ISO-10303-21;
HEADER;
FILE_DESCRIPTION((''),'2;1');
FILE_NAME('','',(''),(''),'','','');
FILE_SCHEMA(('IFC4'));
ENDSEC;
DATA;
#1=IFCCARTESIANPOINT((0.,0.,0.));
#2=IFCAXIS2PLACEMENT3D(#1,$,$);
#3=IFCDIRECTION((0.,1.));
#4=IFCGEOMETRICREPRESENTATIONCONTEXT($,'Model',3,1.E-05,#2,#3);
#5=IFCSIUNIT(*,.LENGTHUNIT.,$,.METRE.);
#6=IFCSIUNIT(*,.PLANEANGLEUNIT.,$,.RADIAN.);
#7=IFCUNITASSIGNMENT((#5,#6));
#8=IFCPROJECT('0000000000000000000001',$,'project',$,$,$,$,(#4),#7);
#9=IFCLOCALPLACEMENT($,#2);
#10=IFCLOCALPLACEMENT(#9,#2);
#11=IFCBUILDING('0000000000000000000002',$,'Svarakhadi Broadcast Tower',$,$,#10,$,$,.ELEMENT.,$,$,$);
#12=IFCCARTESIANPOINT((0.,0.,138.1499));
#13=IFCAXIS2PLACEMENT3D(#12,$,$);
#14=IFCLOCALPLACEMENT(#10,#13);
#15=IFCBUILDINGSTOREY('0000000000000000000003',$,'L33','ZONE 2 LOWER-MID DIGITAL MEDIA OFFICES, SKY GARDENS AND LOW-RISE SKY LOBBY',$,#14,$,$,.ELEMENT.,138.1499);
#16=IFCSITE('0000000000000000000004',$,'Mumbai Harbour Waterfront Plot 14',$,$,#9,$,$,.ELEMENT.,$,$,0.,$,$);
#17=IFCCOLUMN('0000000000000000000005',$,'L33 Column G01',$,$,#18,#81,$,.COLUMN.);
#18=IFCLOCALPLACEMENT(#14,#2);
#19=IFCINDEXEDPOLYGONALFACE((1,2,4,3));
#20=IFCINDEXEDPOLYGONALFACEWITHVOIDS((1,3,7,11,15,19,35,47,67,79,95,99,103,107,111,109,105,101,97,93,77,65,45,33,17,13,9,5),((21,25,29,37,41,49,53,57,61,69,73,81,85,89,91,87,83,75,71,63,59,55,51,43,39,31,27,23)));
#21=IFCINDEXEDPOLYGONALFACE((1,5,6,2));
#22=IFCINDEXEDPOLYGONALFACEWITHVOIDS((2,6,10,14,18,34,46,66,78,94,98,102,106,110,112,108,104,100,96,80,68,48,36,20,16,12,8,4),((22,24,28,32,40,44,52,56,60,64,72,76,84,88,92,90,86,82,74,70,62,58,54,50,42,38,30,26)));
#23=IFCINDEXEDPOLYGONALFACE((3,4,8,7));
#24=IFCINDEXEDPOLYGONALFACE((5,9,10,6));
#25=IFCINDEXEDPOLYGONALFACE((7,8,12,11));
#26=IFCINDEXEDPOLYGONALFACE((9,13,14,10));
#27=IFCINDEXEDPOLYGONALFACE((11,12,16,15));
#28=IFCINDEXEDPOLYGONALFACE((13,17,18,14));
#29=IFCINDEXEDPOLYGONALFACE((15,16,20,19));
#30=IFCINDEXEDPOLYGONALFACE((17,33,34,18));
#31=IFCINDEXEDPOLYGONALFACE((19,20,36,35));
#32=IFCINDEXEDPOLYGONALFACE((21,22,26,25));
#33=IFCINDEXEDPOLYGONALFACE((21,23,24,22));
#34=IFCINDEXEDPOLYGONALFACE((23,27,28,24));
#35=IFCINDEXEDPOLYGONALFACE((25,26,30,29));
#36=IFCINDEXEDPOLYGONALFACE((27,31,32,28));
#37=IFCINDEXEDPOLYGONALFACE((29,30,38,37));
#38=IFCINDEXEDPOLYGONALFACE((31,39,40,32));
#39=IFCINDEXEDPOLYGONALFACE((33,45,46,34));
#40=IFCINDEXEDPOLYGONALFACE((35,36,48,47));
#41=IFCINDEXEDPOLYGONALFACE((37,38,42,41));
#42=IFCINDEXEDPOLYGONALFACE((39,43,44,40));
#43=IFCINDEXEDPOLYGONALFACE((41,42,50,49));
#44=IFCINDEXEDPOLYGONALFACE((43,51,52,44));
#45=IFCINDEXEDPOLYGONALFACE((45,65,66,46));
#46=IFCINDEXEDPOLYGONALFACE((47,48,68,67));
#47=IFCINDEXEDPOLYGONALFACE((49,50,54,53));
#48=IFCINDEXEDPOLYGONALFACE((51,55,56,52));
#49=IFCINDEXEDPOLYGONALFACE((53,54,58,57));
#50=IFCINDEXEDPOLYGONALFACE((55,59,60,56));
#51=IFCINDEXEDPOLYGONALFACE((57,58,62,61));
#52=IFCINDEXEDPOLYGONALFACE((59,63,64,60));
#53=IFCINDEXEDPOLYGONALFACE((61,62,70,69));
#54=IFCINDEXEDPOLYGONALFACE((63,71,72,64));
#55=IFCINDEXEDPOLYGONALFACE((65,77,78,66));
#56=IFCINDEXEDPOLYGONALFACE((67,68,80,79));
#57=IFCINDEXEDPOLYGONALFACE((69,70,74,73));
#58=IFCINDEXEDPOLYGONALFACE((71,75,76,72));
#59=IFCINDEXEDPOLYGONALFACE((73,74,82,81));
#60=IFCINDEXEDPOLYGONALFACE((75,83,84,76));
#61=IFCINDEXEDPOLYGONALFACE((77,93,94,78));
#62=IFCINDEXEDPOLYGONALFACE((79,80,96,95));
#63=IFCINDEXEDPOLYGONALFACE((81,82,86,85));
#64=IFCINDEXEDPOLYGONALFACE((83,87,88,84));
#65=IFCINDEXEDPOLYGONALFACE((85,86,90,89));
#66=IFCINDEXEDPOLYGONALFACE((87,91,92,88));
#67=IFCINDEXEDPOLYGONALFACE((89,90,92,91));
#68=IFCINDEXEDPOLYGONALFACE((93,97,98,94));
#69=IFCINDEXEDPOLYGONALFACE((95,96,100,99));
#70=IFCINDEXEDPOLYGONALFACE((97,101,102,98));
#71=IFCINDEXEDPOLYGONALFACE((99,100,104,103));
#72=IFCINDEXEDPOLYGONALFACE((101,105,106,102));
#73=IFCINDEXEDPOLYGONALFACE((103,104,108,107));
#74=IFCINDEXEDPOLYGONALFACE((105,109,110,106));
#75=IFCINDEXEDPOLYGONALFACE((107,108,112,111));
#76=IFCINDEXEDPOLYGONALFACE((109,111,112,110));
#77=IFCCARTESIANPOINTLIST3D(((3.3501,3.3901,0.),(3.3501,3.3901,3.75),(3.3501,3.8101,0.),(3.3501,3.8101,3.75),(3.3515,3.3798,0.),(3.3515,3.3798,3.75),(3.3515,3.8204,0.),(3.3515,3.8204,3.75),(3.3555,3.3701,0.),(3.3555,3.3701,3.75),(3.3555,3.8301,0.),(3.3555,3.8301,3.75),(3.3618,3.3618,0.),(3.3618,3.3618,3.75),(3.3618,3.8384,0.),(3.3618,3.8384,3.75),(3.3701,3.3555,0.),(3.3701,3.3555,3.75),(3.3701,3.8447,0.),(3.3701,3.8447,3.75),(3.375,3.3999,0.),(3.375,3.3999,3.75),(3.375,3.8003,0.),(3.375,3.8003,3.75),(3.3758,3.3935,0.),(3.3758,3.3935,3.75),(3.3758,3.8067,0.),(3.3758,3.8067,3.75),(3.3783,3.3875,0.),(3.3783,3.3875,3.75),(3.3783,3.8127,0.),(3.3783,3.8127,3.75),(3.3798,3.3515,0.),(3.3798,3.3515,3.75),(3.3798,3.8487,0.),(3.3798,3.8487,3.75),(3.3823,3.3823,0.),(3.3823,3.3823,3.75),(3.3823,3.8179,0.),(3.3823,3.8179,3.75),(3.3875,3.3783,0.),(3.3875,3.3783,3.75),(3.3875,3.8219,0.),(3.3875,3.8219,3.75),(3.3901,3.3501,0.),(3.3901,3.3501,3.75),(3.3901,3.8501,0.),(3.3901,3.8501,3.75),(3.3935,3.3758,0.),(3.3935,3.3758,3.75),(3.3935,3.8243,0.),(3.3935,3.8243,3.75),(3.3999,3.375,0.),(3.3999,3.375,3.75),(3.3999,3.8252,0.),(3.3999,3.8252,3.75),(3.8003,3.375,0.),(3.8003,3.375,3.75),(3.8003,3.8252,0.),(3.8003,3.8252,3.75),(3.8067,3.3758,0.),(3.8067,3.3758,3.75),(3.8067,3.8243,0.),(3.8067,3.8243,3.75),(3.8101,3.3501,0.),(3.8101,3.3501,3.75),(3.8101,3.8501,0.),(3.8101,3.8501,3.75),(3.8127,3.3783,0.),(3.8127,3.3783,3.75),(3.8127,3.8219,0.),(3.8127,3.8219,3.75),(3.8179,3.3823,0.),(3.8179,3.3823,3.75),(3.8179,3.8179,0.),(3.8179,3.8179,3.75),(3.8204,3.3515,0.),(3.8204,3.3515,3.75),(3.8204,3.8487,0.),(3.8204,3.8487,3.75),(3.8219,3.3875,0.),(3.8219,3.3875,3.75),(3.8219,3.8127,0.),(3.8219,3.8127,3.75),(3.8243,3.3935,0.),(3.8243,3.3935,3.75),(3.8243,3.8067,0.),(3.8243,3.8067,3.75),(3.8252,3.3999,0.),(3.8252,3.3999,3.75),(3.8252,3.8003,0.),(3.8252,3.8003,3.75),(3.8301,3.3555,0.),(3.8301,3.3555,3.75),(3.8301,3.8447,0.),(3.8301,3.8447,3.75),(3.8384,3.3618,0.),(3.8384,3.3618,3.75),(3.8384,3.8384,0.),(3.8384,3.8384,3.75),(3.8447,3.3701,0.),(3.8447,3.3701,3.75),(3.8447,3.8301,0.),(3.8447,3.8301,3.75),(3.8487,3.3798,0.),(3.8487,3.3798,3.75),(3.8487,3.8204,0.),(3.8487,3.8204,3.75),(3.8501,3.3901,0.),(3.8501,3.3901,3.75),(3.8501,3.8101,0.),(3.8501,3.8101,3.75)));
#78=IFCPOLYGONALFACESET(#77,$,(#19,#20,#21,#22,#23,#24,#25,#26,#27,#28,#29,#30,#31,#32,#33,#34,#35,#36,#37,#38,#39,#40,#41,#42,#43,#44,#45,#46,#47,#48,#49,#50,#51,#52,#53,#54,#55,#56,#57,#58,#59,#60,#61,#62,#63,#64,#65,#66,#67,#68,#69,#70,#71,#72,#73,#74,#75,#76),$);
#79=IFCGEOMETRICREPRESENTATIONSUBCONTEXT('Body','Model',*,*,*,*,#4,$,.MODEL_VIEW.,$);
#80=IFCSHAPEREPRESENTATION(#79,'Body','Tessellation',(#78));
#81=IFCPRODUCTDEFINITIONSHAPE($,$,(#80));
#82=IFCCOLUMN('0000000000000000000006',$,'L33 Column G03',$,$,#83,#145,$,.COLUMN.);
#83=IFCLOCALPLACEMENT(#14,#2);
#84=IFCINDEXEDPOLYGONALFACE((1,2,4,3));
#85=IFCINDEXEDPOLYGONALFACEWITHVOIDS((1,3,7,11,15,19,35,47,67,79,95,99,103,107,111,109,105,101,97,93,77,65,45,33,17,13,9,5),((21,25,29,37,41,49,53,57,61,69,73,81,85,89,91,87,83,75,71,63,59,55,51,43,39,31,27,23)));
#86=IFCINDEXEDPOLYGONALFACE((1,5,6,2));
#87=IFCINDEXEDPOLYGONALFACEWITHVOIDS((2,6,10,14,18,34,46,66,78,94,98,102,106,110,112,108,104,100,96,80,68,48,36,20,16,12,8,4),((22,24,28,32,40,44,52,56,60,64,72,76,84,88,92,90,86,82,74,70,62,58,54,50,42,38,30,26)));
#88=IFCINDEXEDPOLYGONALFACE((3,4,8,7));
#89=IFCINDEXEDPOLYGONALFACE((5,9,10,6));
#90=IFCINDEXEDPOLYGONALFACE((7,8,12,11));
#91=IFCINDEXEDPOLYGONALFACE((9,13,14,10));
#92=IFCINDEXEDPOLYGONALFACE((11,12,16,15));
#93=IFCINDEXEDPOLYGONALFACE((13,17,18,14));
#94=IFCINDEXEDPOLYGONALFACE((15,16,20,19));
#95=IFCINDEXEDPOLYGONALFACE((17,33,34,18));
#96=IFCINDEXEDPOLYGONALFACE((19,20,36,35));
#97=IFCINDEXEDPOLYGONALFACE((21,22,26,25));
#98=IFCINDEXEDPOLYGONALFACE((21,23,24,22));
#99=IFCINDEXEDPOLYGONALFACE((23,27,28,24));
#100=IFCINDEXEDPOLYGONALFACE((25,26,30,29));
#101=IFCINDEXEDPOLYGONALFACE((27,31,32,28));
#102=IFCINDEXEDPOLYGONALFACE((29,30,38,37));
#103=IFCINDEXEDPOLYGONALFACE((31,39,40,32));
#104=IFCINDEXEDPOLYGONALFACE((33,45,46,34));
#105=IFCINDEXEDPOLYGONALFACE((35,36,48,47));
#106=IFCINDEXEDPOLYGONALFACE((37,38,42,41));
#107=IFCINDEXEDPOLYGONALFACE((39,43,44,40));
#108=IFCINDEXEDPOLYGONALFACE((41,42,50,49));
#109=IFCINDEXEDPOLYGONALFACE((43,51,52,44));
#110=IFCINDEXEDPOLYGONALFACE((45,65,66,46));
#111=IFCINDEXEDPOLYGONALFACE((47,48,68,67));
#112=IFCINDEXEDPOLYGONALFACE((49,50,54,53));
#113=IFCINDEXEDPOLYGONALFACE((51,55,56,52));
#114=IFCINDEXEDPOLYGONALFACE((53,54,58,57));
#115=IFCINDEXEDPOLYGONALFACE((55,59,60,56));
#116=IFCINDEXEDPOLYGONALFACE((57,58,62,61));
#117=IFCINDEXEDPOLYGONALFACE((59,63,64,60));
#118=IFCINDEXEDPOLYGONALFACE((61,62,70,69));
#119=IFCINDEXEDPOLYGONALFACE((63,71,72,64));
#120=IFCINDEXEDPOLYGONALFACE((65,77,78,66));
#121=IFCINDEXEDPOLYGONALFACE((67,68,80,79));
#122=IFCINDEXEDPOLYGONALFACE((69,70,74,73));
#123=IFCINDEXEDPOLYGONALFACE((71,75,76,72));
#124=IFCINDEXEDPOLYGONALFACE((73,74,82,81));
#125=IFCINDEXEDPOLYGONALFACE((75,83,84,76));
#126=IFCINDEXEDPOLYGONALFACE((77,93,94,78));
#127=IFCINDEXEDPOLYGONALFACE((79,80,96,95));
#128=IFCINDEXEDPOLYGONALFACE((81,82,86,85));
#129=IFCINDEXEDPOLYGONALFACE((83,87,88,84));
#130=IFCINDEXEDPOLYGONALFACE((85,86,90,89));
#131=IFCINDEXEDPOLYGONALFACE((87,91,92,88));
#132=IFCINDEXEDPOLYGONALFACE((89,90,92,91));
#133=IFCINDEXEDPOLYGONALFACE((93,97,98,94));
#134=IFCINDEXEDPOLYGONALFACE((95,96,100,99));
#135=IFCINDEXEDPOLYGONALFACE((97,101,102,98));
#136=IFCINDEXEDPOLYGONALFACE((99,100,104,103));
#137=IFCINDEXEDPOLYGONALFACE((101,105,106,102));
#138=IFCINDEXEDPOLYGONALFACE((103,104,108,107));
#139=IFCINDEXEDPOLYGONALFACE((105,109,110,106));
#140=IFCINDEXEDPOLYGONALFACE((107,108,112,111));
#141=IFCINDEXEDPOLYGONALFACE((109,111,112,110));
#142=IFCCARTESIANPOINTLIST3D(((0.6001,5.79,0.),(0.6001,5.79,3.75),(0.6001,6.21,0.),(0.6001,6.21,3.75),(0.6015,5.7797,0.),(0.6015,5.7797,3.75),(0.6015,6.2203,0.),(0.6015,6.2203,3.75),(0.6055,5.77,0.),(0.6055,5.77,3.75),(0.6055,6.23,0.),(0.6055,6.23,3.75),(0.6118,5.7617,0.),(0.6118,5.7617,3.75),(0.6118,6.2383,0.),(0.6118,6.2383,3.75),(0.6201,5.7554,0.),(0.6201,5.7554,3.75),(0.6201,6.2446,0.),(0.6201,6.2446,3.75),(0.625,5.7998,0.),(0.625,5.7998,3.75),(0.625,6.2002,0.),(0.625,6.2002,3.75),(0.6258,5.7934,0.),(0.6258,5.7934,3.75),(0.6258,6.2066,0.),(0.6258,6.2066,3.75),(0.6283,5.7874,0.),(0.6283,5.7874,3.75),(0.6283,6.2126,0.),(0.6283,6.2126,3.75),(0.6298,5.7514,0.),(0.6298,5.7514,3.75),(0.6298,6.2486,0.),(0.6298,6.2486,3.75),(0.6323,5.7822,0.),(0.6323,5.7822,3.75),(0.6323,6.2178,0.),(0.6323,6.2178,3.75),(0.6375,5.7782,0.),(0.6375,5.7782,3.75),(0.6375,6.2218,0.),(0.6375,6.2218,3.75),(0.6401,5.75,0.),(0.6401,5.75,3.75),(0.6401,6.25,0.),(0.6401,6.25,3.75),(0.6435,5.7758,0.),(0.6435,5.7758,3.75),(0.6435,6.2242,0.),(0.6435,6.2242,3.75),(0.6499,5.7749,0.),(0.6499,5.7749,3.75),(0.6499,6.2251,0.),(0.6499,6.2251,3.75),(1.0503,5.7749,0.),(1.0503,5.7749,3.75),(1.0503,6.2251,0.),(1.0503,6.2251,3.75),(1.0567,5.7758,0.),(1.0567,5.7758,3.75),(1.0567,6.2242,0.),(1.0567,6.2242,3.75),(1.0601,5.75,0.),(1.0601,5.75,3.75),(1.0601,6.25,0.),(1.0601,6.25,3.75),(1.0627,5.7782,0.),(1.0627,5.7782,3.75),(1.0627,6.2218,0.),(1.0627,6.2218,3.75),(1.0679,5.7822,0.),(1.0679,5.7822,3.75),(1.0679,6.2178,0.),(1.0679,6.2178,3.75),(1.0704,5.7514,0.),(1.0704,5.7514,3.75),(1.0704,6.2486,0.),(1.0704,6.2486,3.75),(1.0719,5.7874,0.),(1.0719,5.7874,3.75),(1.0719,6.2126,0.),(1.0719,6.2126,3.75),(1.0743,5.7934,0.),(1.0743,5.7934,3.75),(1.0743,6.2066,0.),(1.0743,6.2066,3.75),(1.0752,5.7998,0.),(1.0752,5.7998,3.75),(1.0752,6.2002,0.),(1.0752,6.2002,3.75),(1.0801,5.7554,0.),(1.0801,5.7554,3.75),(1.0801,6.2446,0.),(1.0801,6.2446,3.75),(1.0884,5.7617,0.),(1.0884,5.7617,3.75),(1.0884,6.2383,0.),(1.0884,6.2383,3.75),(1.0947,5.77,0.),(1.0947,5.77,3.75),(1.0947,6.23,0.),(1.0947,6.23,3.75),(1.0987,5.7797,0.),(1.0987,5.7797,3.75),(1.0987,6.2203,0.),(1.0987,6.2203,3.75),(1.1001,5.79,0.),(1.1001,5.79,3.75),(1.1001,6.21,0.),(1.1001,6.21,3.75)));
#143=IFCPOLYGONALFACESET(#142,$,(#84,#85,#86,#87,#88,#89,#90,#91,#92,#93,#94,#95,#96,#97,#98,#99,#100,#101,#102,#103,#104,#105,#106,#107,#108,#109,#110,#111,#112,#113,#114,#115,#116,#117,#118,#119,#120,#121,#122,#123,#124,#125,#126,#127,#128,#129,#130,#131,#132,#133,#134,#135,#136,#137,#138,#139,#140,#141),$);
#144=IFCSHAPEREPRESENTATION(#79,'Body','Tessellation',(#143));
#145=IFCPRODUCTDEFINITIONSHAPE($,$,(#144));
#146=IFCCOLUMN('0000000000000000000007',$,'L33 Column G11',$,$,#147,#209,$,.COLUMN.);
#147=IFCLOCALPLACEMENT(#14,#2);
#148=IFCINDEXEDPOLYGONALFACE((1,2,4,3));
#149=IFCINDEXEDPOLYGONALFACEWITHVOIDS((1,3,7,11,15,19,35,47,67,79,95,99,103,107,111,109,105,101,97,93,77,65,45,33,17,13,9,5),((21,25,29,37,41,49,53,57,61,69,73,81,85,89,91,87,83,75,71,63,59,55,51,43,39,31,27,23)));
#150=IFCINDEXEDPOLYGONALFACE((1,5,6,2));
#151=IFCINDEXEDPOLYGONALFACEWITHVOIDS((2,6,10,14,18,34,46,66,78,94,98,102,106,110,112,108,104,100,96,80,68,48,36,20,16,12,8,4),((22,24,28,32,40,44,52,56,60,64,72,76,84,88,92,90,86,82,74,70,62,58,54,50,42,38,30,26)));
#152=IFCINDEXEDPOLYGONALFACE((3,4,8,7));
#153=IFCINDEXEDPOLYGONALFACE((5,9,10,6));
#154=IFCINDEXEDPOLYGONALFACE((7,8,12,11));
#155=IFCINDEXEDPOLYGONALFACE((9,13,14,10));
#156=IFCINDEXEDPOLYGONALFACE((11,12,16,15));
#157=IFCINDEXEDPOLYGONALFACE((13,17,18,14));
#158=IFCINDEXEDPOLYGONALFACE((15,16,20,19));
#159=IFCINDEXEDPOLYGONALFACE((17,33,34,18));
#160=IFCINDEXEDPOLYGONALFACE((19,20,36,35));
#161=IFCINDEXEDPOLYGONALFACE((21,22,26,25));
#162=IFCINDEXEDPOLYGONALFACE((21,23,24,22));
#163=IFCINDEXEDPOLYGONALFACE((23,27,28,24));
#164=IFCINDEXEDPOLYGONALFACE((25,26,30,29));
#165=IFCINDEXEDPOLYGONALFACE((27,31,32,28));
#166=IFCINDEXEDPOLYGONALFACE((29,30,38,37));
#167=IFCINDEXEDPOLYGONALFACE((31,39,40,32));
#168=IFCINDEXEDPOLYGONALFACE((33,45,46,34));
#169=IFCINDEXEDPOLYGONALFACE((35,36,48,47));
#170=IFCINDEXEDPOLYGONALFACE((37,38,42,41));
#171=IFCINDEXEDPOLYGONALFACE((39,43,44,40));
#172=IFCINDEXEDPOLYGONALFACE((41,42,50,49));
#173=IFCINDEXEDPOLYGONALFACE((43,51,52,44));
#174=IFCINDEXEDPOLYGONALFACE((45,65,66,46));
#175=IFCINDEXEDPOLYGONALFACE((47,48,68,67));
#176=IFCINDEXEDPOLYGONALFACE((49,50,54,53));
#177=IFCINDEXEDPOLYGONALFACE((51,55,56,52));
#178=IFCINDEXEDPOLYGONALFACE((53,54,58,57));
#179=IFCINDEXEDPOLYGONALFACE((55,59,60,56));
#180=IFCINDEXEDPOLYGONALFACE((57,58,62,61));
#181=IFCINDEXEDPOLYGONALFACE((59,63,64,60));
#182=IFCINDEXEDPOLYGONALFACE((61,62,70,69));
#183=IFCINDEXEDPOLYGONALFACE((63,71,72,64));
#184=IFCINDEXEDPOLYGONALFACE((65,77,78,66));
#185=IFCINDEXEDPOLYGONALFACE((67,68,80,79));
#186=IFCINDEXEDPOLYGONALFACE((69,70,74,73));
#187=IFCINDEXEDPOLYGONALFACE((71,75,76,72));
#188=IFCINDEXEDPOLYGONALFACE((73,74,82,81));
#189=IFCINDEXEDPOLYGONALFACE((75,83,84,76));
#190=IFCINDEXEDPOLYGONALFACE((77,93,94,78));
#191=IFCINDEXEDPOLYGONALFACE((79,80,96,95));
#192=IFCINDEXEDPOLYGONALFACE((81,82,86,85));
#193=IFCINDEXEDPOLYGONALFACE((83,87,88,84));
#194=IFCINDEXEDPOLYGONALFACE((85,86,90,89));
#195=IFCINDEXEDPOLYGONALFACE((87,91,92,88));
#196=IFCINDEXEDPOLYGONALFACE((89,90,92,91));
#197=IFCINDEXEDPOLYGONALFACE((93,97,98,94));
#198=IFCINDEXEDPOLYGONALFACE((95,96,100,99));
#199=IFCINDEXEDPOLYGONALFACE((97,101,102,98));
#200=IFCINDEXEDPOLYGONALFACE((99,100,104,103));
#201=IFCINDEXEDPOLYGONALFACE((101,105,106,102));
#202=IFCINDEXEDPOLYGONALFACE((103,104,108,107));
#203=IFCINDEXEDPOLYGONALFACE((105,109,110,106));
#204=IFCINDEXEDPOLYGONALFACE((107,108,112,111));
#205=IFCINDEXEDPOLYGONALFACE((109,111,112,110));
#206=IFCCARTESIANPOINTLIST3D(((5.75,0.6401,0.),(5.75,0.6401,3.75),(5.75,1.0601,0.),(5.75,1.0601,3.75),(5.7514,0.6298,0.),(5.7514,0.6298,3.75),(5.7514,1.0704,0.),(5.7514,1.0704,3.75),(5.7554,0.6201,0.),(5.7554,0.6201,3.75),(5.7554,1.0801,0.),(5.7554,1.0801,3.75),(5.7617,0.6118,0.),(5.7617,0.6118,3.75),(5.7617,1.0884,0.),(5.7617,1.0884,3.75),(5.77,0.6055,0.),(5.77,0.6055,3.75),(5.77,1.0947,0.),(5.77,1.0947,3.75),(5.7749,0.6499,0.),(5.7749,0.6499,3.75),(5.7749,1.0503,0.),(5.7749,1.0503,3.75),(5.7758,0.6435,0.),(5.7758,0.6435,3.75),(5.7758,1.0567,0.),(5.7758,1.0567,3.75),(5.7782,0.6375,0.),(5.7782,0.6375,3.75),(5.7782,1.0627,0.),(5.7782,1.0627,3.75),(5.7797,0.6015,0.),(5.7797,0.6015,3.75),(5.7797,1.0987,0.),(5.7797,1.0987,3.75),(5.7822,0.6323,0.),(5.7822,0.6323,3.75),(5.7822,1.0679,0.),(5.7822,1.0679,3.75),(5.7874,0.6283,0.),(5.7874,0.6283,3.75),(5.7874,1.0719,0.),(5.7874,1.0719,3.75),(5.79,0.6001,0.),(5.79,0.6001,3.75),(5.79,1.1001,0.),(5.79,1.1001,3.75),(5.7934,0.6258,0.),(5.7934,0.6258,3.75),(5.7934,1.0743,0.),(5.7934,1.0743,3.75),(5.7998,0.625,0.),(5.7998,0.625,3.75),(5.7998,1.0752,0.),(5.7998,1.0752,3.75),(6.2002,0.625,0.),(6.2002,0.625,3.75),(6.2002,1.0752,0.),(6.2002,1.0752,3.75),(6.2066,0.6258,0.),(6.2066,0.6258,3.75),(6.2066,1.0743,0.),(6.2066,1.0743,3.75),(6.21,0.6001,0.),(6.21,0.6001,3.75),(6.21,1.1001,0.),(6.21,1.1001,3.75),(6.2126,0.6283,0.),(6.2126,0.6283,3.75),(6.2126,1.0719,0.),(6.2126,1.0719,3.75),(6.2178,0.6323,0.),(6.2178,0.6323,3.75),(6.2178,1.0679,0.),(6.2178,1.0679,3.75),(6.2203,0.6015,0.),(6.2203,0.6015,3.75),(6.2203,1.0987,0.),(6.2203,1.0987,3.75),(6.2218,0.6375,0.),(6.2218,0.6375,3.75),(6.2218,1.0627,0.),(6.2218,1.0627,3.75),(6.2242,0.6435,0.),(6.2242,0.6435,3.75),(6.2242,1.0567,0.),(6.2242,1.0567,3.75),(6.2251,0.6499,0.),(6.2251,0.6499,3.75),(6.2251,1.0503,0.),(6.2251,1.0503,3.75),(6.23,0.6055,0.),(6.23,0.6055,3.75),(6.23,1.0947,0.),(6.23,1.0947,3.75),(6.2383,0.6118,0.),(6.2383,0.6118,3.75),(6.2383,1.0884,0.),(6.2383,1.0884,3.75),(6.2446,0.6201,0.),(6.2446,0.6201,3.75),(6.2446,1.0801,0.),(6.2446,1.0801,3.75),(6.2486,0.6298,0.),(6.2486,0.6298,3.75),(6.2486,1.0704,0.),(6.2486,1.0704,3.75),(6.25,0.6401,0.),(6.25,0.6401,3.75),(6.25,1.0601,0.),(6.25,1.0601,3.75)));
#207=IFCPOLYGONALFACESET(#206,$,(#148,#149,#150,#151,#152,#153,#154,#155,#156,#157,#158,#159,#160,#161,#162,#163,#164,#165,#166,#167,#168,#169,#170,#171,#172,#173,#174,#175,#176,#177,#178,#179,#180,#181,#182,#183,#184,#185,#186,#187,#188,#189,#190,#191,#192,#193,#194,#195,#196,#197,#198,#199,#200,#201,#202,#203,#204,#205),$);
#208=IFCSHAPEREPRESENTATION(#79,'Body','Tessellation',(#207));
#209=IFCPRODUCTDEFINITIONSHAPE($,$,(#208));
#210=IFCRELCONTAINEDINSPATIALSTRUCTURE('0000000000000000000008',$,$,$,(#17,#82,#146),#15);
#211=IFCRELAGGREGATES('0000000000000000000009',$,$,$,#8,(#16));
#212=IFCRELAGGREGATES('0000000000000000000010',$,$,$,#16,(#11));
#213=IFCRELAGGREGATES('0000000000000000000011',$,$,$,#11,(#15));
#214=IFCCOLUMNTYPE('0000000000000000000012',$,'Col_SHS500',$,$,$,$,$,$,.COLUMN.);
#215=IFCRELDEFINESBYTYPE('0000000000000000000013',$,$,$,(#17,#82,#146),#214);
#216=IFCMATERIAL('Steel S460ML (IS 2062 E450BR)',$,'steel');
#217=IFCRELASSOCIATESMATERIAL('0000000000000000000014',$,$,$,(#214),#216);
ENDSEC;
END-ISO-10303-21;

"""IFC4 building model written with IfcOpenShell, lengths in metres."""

from ifc_helpers import new_model, si_unit, direction, frame, origin, origin_2d, place, context, subcontext, project, spatial, hollow_rectangle, extrude, material, material_profile, profile_set, type_object, element, save


model = new_model("IFC4")

# Units and contexts
model_context = context("Model", 3, precision=1e-05, world=origin(), true_north=direction((0.0, 1.0)))
body_context = subcontext(model_context, "Body", "Model", "MODEL_VIEW")
ifc_project = project(units=[si_unit("LENGTHUNIT", "METRE"), si_unit("PLANEANGLEUNIT", "RADIAN")], contexts=[model_context])

# Site, building, storey
site_placement = place(None, origin())
site = spatial("IfcSite", under=ifc_project, at=site_placement, Name="Mumbai Harbour Waterfront Plot 14", CompositionType="ELEMENT", RefElevation=0.0)
building_placement = place(site_placement, origin())
building = spatial("IfcBuilding", under=site, at=building_placement, Name="Svarakhadi Broadcast Tower", CompositionType="ELEMENT")
storey_placement = place(building_placement, frame((0.0, 0.0, 138.1499)))
storey = spatial("IfcBuildingStorey", under=building, at=storey_placement, Name="L33", Description="ZONE 2 LOWER-MID DIGITAL MEDIA OFFICES, SKY GARDENS AND LOW-RISE SKY LOBBY", CompositionType="ELEMENT", Elevation=138.1499)

# Columns
ifc_material_1 = material(Name="Steel S460ML (IS 2062 E450BR)", Category="steel")
ifc_material_profile_1 = material_profile(ifc_material_1, hollow_rectangle(XDim=0.5, YDim=0.5, WallThickness=0.0249, InnerFilletRadius=0.0249, OuterFilletRadius=0.04, at=origin_2d()), Name="SHS 500x500x25")
ifc_profile_set_1 = profile_set([ifc_material_profile_1], Name="Steel S460ML (IS 2062 E450BR)")
column_type = type_object("IfcColumnType", Name="Col_SHS500", PredefinedType="COLUMN", material=ifc_profile_set_1)
for number, where, z_axis, x_axis, name in (
    (1, (3.6001, 3.6001, 0.0), (0.0, 0.0, 1.0), (1.0, 0.0, 0.0), "L33 Column G01"),
    (2, (0.8501, 6.0, 0.0), (0.0, 0.0, 1.0), (1.0, 0.0, 0.0), "L33 Column G03"),
    (3, (6.0, 0.8501, 0.0), (0.0, 0.0, 1.0), (1.0, 0.0, 0.0), "L33 Column G11"),
):
    element("IfcColumn", number, at=place(storey_placement, frame(where, z_axis=z_axis, x_axis=x_axis)), inside=storey, type_object=column_type, Name=name, PredefinedType="COLUMN", context=body_context, shape_type="SweptSolid", body=[
        extrude(hollow_rectangle(XDim=0.5, YDim=0.5, WallThickness=0.0249, InnerFilletRadius=0.0249, OuterFilletRadius=0.04, at=origin_2d()), origin(), (0.0, 0.0, 1.0), 3.75),
    ])

save(model, "model.ifc")
